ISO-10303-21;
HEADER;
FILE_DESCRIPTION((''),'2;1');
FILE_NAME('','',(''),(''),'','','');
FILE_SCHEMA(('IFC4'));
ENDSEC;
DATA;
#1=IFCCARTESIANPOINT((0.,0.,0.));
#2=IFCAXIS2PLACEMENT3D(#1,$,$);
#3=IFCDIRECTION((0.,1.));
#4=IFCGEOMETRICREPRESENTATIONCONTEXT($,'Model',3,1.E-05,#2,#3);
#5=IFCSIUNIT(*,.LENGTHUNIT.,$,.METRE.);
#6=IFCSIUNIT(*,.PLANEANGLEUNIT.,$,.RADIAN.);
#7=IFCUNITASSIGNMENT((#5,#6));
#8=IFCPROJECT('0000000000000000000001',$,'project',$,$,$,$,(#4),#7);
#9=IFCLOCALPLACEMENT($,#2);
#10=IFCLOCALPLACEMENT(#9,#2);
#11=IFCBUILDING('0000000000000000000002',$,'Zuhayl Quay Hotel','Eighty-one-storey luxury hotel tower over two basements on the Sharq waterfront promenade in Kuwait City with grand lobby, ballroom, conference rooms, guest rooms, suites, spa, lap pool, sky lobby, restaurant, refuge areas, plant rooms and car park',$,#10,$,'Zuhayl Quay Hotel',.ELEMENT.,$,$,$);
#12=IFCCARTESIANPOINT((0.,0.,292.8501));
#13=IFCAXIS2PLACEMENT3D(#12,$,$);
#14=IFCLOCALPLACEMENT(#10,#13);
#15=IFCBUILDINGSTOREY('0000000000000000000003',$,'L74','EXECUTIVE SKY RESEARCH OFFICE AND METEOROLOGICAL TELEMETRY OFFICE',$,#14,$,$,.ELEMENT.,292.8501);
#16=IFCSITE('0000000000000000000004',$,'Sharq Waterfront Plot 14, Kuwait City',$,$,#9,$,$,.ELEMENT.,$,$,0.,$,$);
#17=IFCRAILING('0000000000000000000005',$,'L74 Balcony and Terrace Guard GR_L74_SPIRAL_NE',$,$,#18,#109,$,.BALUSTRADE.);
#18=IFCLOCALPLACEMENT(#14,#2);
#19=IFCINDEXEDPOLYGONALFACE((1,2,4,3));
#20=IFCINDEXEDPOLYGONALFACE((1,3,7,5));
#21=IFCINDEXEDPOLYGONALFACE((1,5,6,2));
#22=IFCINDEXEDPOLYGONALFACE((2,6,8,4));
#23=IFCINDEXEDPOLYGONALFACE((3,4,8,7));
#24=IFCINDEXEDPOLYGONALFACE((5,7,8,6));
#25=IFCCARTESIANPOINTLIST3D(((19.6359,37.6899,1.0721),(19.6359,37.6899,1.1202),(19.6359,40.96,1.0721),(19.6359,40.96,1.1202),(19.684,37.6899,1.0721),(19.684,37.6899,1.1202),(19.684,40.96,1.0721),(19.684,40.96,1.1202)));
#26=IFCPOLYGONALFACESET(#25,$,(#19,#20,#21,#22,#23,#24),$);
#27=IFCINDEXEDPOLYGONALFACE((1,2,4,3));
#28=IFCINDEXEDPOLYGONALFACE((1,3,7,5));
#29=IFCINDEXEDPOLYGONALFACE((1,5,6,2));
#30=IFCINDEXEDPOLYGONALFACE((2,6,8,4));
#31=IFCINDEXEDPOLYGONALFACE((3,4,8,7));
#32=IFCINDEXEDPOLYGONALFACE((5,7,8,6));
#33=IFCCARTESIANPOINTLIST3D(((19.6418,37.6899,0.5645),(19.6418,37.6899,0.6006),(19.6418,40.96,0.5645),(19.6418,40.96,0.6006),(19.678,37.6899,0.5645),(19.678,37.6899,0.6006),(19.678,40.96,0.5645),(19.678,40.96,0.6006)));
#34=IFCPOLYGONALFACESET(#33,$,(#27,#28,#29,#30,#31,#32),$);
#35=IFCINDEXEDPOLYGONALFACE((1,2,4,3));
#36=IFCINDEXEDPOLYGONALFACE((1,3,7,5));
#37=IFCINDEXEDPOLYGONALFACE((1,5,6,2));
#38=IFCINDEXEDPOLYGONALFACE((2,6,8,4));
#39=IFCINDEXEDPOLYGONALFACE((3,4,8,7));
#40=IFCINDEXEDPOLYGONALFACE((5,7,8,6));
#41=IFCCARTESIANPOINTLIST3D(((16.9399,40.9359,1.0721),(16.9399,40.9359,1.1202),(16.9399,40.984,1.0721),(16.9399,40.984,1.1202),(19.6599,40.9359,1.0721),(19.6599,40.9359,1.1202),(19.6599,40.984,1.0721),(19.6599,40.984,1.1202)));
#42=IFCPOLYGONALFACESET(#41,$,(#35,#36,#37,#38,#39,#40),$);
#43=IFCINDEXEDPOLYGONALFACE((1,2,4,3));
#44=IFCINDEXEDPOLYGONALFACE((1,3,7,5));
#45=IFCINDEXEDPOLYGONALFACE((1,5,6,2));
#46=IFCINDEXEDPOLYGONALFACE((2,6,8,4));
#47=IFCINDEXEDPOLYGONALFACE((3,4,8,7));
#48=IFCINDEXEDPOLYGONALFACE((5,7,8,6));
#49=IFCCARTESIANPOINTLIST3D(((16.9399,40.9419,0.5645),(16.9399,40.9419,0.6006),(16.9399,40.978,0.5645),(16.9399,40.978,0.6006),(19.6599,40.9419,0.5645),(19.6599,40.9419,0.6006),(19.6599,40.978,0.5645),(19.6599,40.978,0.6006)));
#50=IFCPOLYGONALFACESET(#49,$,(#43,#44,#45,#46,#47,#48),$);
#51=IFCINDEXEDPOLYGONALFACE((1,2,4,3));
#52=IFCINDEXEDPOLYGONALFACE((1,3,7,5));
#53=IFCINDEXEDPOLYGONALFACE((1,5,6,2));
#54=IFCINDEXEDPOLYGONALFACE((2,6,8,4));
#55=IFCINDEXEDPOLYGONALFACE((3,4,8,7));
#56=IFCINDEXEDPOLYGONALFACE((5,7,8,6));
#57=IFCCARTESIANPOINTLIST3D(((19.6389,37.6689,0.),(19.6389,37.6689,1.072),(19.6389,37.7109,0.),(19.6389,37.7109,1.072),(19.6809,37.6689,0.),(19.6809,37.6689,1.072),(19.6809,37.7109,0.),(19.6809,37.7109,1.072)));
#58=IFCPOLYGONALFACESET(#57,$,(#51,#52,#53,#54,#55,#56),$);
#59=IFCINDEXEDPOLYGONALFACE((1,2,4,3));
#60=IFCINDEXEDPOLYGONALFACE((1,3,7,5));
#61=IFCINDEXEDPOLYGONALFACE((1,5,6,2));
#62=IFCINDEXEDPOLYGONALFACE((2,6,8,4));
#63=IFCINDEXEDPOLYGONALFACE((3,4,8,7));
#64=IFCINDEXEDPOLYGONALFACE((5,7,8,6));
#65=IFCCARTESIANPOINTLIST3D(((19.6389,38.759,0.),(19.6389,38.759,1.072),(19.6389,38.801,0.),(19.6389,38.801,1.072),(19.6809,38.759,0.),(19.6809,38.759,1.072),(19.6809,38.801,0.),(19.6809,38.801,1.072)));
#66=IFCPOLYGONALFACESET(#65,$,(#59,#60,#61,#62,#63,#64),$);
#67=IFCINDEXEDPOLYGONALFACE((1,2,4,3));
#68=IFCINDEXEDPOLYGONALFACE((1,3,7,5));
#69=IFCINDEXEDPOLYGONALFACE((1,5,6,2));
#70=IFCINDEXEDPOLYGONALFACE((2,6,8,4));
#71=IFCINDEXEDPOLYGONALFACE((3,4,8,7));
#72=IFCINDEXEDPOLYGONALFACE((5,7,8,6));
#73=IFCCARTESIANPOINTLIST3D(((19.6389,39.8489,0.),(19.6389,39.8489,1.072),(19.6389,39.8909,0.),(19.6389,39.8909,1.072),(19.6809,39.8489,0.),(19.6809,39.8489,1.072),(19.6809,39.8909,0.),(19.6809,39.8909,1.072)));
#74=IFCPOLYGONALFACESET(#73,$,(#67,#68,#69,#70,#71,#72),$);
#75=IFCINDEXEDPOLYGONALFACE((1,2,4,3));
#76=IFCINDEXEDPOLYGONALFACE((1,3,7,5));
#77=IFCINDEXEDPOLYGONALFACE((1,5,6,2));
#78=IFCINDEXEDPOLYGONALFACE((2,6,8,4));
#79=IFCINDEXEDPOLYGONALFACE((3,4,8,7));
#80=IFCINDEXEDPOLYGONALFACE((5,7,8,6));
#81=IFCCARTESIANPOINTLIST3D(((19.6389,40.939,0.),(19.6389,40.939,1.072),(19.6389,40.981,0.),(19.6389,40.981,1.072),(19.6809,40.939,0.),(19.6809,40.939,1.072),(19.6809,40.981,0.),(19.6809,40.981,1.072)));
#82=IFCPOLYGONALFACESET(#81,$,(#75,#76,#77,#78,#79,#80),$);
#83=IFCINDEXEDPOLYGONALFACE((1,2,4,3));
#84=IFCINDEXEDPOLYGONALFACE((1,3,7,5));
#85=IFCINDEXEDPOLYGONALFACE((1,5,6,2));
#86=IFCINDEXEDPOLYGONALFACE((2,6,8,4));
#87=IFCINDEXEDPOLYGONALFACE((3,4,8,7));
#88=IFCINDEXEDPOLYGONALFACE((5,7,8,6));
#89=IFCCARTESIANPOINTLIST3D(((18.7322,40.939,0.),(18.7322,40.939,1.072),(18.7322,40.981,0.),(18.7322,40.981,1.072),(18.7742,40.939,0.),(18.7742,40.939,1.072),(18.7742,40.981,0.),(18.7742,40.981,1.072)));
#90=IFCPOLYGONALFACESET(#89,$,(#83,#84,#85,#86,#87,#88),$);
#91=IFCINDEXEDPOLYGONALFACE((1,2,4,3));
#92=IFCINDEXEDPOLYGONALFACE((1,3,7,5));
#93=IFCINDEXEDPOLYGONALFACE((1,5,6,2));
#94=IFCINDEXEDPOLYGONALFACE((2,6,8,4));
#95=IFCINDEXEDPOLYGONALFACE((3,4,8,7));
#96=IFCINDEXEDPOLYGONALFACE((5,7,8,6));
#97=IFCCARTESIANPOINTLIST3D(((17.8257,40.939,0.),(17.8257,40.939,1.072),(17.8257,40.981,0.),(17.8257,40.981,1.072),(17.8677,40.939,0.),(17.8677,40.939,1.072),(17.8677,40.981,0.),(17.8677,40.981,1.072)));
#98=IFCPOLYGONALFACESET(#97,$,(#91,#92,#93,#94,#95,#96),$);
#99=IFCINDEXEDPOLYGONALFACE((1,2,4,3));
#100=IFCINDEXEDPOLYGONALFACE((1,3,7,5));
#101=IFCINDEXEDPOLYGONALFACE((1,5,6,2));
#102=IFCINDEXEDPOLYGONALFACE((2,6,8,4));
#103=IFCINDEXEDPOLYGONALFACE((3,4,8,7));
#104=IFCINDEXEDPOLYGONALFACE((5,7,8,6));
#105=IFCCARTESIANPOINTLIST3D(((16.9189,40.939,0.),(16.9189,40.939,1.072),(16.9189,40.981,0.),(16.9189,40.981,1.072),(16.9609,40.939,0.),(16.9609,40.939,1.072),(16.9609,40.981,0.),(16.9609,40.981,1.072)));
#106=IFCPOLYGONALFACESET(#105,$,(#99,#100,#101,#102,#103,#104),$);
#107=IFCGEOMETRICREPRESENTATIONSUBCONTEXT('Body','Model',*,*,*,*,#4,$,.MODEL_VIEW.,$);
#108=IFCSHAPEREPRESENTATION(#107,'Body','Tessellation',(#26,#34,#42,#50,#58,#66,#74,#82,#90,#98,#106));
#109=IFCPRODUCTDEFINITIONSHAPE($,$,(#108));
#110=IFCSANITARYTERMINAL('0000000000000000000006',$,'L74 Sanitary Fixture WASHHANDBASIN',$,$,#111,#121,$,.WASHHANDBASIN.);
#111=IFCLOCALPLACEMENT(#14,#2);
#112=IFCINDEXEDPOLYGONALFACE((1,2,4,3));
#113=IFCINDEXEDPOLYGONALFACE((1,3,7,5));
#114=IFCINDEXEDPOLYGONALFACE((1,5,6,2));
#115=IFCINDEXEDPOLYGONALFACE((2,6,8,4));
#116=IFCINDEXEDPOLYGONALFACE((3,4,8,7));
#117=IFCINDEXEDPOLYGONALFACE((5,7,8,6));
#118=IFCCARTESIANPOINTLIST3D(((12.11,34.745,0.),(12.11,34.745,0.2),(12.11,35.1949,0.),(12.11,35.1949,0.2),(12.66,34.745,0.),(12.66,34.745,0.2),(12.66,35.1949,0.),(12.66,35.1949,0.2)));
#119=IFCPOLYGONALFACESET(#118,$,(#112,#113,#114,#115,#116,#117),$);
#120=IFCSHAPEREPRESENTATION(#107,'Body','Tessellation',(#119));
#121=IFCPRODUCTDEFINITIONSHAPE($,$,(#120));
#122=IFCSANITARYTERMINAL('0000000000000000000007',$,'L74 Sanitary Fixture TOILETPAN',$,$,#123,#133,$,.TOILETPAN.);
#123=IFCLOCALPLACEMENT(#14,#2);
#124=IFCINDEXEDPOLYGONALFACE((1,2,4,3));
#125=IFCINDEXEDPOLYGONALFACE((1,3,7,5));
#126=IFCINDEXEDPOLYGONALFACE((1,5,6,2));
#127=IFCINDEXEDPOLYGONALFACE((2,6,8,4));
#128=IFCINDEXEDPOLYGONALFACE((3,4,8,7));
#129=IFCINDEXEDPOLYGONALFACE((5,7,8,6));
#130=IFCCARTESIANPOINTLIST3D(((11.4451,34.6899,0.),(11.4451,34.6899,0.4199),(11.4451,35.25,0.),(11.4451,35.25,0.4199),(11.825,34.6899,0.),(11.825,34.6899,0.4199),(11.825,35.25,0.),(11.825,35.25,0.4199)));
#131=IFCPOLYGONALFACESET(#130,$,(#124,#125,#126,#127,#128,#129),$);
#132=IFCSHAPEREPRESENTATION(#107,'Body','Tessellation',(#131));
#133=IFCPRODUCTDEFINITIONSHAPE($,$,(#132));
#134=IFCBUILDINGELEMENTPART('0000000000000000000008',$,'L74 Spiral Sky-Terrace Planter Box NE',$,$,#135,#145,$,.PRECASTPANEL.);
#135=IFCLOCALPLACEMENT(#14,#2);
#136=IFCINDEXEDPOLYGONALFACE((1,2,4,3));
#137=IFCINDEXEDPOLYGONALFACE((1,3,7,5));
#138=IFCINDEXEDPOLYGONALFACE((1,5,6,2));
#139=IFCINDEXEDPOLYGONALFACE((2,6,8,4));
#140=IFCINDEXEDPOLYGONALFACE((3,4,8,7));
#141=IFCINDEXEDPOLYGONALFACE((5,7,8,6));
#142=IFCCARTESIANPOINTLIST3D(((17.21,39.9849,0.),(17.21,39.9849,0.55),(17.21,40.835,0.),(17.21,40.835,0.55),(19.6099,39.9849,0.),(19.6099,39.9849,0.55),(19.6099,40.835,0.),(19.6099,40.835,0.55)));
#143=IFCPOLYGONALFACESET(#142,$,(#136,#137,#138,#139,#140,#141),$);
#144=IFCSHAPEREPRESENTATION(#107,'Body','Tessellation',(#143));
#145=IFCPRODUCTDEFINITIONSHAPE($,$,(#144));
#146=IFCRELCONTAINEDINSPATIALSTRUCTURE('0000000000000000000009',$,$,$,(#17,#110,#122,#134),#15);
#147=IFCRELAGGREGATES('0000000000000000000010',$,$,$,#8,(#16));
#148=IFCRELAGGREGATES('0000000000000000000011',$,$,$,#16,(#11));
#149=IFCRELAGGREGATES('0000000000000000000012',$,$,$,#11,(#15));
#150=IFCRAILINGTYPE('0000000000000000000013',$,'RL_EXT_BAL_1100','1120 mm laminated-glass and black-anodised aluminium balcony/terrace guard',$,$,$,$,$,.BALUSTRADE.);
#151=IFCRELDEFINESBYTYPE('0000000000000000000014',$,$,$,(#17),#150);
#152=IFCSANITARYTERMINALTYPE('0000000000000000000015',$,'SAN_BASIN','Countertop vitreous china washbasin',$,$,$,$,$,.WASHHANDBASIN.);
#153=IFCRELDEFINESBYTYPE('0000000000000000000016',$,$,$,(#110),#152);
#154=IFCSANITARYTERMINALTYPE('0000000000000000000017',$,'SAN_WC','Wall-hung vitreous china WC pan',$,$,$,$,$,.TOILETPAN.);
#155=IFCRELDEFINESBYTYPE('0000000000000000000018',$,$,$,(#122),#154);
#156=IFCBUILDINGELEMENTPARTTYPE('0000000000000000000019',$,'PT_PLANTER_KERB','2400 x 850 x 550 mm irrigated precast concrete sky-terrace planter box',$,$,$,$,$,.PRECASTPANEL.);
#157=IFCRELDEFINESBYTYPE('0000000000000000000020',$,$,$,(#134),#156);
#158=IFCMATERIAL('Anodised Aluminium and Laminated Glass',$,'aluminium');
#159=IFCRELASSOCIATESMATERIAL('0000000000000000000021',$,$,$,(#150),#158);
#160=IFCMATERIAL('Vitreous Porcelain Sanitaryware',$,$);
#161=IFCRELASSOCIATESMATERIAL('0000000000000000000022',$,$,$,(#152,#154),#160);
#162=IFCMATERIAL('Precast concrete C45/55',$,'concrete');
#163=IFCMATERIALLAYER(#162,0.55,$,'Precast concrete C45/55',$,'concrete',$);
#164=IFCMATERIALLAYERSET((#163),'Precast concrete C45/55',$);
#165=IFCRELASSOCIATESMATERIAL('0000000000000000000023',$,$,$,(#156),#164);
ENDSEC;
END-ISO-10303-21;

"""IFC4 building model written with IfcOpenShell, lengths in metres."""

from ifc_helpers import new_model, si_unit, direction, frame, origin, origin_2d, place, context, subcontext, project, spatial, rectangle, extrude, material, layer, layer_set, type_object, element, save


model = new_model("IFC4")

# Units and contexts
model_context = context("Model", 3, precision=1e-05, world=origin(), true_north=direction((0.0, 1.0)))
body_context = subcontext(model_context, "Body", "Model", "MODEL_VIEW")
ifc_project = project(units=[si_unit("LENGTHUNIT", "METRE"), si_unit("PLANEANGLEUNIT", "RADIAN")], contexts=[model_context])

# Site, building, storey
site_placement = place(None, origin())
site = spatial("IfcSite", under=ifc_project, at=site_placement, Name="Sharq Waterfront Plot 14, Kuwait City", CompositionType="ELEMENT", RefElevation=0.0)
building_placement = place(site_placement, origin())
building = spatial("IfcBuilding", under=site, at=building_placement, Name="Zuhayl Quay Hotel", Description="Eighty-one-storey luxury hotel tower over two basements on the Sharq waterfront promenade in Kuwait City with grand lobby, ballroom, conference rooms, guest rooms, suites, spa, lap pool, sky lobby, restaurant, refuge areas, plant rooms and car park", LongName="Zuhayl Quay Hotel", CompositionType="ELEMENT")
storey_placement = place(building_placement, frame((0.0, 0.0, 292.8501)))
storey = spatial("IfcBuildingStorey", under=building, at=storey_placement, Name="L74", Description="EXECUTIVE SKY RESEARCH OFFICE AND METEOROLOGICAL TELEMETRY OFFICE", CompositionType="ELEMENT", Elevation=292.8501)

# Shared definitions
ifc_material_1 = material(Name="Precast concrete C45/55", Category="concrete")

# Railing
ifc_material_2 = material(Name="Anodised Aluminium and Laminated Glass", Category="aluminium")
railing_type = type_object("IfcRailingType", Name="RL_EXT_BAL_1100", Description="1120 mm laminated-glass and black-anodised aluminium balcony/terrace guard", PredefinedType="BALUSTRADE", material=ifc_material_2)
railing_placement = place(storey_placement, frame((19.6599, 37.6899, 0.0)))
element("IfcRailing", 1, at=railing_placement, inside=storey, type_object=railing_type, Name="L74 Balcony and Terrace Guard GR_L74_SPIRAL_NE", PredefinedType="BALUSTRADE", context=body_context, shape_type="SweptSolid", body=[
    extrude(rectangle(XDim=0.0481, YDim=0.0481, at=origin_2d()), frame((0.0, 0.0, 1.0962), z_axis=(0.0, 1.0, 0.0), x_axis=(-1.0, 0.0, 0.0)), (0.0, 0.0, 1.0), 3.27),
    extrude(rectangle(XDim=0.0361, YDim=0.0361, at=origin_2d()), frame((0.0, 0.0, 0.5825), z_axis=(0.0, 1.0, 0.0), x_axis=(-1.0, 0.0, 0.0)), (0.0, 0.0, 1.0), 3.27),
    extrude(rectangle(XDim=0.0481, YDim=0.0481, at=origin_2d()), frame((0.0, 3.27, 1.0962), z_axis=(-1.0, 0.0, 0.0), x_axis=(0.0, -1.0, 0.0)), (0.0, 0.0, 1.0), 2.72),
    extrude(rectangle(XDim=0.0361, YDim=0.0361, at=origin_2d()), frame((0.0, 3.27, 0.5825), z_axis=(-1.0, 0.0, 0.0), x_axis=(0.0, -1.0, 0.0)), (0.0, 0.0, 1.0), 2.72),
    extrude(rectangle(XDim=0.042, YDim=0.042, at=origin_2d()), origin(), (0.0, 0.0, 1.0), 1.072),
    extrude(rectangle(XDim=0.042, YDim=0.042, at=origin_2d()), frame((0.0, 1.0901, 0.0)), (0.0, 0.0, 1.0), 1.072),
    extrude(rectangle(XDim=0.042, YDim=0.042, at=origin_2d()), frame((0.0, 2.1799, 0.0)), (0.0, 0.0, 1.0), 1.072),
    extrude(rectangle(XDim=0.042, YDim=0.042, at=origin_2d()), frame((0.0, 3.27, 0.0)), (0.0, 0.0, 1.0), 1.072),
    extrude(rectangle(XDim=0.042, YDim=0.042, at=origin_2d()), frame((-0.9067, 3.27, 0.0)), (0.0, 0.0, 1.0), 1.072),
    extrude(rectangle(XDim=0.042, YDim=0.042, at=origin_2d()), frame((-1.8132, 3.27, 0.0)), (0.0, 0.0, 1.0), 1.072),
    extrude(rectangle(XDim=0.042, YDim=0.042, at=origin_2d()), frame((-2.72, 3.27, 0.0)), (0.0, 0.0, 1.0), 1.072),
])

# Sanitary terminals
ifc_material_3 = material(Name="Vitreous Porcelain Sanitaryware")
sanitary_terminal_type_1 = type_object("IfcSanitaryTerminalType", Name="SAN_BASIN", Description="Countertop vitreous china washbasin", PredefinedType="WASHHANDBASIN", material=ifc_material_3)
sanitary_terminal_1_placement = place(storey_placement, frame((12.385, 34.97, 0.0), z_axis=(0.0, 0.0, 1.0), x_axis=(1.0, 0.0, 0.0)))
element("IfcSanitaryTerminal", 2, at=sanitary_terminal_1_placement, inside=storey, type_object=sanitary_terminal_type_1, Name="L74 Sanitary Fixture WASHHANDBASIN", PredefinedType="WASHHANDBASIN", context=body_context, shape_type="SweptSolid", body=[
    extrude(rectangle(XDim=0.55, YDim=0.45, at=origin_2d()), origin(), (0.0, 0.0, 1.0), 0.2),
])
sanitary_terminal_type_2 = type_object("IfcSanitaryTerminalType", Name="SAN_WC", Description="Wall-hung vitreous china WC pan", PredefinedType="TOILETPAN", material=ifc_material_3)
sanitary_terminal_2_placement = place(storey_placement, frame((11.635, 34.97, 0.0), z_axis=(0.0, 0.0, 1.0), x_axis=(1.0, 0.0, 0.0)))
element("IfcSanitaryTerminal", 3, at=sanitary_terminal_2_placement, inside=storey, type_object=sanitary_terminal_type_2, Name="L74 Sanitary Fixture TOILETPAN", PredefinedType="TOILETPAN", context=body_context, shape_type="SweptSolid", body=[
    extrude(rectangle(XDim=0.3799, YDim=0.5601, at=origin_2d()), origin(), (0.0, 0.0, 1.0), 0.4199),
])

# Building element part
ifc_layer_1 = layer(ifc_material_1, 0.55, Name="Precast concrete C45/55", Category="concrete")
ifc_layer_set_1 = layer_set([ifc_layer_1], Name="Precast concrete C45/55")
building_element_part_type = type_object("IfcBuildingElementPartType", Name="PT_PLANTER_KERB", Description="2400 x 850 x 550 mm irrigated precast concrete sky-terrace planter box", PredefinedType="PRECASTPANEL", material=ifc_layer_set_1)
building_element_part_placement = place(storey_placement, frame((18.4099, 40.4099, 0.0), z_axis=(0.0, 0.0, 1.0), x_axis=(1.0, 0.0, 0.0)))
element("IfcBuildingElementPart", 4, at=building_element_part_placement, inside=storey, type_object=building_element_part_type, Name="L74 Spiral Sky-Terrace Planter Box NE", PredefinedType="PRECASTPANEL", context=body_context, shape_type="SweptSolid", body=[
    extrude(rectangle(XDim=2.3999, YDim=0.8501, at=origin_2d()), origin(), (0.0, 0.0, 1.0), 0.55),
])

save(model, "model.ifc")
